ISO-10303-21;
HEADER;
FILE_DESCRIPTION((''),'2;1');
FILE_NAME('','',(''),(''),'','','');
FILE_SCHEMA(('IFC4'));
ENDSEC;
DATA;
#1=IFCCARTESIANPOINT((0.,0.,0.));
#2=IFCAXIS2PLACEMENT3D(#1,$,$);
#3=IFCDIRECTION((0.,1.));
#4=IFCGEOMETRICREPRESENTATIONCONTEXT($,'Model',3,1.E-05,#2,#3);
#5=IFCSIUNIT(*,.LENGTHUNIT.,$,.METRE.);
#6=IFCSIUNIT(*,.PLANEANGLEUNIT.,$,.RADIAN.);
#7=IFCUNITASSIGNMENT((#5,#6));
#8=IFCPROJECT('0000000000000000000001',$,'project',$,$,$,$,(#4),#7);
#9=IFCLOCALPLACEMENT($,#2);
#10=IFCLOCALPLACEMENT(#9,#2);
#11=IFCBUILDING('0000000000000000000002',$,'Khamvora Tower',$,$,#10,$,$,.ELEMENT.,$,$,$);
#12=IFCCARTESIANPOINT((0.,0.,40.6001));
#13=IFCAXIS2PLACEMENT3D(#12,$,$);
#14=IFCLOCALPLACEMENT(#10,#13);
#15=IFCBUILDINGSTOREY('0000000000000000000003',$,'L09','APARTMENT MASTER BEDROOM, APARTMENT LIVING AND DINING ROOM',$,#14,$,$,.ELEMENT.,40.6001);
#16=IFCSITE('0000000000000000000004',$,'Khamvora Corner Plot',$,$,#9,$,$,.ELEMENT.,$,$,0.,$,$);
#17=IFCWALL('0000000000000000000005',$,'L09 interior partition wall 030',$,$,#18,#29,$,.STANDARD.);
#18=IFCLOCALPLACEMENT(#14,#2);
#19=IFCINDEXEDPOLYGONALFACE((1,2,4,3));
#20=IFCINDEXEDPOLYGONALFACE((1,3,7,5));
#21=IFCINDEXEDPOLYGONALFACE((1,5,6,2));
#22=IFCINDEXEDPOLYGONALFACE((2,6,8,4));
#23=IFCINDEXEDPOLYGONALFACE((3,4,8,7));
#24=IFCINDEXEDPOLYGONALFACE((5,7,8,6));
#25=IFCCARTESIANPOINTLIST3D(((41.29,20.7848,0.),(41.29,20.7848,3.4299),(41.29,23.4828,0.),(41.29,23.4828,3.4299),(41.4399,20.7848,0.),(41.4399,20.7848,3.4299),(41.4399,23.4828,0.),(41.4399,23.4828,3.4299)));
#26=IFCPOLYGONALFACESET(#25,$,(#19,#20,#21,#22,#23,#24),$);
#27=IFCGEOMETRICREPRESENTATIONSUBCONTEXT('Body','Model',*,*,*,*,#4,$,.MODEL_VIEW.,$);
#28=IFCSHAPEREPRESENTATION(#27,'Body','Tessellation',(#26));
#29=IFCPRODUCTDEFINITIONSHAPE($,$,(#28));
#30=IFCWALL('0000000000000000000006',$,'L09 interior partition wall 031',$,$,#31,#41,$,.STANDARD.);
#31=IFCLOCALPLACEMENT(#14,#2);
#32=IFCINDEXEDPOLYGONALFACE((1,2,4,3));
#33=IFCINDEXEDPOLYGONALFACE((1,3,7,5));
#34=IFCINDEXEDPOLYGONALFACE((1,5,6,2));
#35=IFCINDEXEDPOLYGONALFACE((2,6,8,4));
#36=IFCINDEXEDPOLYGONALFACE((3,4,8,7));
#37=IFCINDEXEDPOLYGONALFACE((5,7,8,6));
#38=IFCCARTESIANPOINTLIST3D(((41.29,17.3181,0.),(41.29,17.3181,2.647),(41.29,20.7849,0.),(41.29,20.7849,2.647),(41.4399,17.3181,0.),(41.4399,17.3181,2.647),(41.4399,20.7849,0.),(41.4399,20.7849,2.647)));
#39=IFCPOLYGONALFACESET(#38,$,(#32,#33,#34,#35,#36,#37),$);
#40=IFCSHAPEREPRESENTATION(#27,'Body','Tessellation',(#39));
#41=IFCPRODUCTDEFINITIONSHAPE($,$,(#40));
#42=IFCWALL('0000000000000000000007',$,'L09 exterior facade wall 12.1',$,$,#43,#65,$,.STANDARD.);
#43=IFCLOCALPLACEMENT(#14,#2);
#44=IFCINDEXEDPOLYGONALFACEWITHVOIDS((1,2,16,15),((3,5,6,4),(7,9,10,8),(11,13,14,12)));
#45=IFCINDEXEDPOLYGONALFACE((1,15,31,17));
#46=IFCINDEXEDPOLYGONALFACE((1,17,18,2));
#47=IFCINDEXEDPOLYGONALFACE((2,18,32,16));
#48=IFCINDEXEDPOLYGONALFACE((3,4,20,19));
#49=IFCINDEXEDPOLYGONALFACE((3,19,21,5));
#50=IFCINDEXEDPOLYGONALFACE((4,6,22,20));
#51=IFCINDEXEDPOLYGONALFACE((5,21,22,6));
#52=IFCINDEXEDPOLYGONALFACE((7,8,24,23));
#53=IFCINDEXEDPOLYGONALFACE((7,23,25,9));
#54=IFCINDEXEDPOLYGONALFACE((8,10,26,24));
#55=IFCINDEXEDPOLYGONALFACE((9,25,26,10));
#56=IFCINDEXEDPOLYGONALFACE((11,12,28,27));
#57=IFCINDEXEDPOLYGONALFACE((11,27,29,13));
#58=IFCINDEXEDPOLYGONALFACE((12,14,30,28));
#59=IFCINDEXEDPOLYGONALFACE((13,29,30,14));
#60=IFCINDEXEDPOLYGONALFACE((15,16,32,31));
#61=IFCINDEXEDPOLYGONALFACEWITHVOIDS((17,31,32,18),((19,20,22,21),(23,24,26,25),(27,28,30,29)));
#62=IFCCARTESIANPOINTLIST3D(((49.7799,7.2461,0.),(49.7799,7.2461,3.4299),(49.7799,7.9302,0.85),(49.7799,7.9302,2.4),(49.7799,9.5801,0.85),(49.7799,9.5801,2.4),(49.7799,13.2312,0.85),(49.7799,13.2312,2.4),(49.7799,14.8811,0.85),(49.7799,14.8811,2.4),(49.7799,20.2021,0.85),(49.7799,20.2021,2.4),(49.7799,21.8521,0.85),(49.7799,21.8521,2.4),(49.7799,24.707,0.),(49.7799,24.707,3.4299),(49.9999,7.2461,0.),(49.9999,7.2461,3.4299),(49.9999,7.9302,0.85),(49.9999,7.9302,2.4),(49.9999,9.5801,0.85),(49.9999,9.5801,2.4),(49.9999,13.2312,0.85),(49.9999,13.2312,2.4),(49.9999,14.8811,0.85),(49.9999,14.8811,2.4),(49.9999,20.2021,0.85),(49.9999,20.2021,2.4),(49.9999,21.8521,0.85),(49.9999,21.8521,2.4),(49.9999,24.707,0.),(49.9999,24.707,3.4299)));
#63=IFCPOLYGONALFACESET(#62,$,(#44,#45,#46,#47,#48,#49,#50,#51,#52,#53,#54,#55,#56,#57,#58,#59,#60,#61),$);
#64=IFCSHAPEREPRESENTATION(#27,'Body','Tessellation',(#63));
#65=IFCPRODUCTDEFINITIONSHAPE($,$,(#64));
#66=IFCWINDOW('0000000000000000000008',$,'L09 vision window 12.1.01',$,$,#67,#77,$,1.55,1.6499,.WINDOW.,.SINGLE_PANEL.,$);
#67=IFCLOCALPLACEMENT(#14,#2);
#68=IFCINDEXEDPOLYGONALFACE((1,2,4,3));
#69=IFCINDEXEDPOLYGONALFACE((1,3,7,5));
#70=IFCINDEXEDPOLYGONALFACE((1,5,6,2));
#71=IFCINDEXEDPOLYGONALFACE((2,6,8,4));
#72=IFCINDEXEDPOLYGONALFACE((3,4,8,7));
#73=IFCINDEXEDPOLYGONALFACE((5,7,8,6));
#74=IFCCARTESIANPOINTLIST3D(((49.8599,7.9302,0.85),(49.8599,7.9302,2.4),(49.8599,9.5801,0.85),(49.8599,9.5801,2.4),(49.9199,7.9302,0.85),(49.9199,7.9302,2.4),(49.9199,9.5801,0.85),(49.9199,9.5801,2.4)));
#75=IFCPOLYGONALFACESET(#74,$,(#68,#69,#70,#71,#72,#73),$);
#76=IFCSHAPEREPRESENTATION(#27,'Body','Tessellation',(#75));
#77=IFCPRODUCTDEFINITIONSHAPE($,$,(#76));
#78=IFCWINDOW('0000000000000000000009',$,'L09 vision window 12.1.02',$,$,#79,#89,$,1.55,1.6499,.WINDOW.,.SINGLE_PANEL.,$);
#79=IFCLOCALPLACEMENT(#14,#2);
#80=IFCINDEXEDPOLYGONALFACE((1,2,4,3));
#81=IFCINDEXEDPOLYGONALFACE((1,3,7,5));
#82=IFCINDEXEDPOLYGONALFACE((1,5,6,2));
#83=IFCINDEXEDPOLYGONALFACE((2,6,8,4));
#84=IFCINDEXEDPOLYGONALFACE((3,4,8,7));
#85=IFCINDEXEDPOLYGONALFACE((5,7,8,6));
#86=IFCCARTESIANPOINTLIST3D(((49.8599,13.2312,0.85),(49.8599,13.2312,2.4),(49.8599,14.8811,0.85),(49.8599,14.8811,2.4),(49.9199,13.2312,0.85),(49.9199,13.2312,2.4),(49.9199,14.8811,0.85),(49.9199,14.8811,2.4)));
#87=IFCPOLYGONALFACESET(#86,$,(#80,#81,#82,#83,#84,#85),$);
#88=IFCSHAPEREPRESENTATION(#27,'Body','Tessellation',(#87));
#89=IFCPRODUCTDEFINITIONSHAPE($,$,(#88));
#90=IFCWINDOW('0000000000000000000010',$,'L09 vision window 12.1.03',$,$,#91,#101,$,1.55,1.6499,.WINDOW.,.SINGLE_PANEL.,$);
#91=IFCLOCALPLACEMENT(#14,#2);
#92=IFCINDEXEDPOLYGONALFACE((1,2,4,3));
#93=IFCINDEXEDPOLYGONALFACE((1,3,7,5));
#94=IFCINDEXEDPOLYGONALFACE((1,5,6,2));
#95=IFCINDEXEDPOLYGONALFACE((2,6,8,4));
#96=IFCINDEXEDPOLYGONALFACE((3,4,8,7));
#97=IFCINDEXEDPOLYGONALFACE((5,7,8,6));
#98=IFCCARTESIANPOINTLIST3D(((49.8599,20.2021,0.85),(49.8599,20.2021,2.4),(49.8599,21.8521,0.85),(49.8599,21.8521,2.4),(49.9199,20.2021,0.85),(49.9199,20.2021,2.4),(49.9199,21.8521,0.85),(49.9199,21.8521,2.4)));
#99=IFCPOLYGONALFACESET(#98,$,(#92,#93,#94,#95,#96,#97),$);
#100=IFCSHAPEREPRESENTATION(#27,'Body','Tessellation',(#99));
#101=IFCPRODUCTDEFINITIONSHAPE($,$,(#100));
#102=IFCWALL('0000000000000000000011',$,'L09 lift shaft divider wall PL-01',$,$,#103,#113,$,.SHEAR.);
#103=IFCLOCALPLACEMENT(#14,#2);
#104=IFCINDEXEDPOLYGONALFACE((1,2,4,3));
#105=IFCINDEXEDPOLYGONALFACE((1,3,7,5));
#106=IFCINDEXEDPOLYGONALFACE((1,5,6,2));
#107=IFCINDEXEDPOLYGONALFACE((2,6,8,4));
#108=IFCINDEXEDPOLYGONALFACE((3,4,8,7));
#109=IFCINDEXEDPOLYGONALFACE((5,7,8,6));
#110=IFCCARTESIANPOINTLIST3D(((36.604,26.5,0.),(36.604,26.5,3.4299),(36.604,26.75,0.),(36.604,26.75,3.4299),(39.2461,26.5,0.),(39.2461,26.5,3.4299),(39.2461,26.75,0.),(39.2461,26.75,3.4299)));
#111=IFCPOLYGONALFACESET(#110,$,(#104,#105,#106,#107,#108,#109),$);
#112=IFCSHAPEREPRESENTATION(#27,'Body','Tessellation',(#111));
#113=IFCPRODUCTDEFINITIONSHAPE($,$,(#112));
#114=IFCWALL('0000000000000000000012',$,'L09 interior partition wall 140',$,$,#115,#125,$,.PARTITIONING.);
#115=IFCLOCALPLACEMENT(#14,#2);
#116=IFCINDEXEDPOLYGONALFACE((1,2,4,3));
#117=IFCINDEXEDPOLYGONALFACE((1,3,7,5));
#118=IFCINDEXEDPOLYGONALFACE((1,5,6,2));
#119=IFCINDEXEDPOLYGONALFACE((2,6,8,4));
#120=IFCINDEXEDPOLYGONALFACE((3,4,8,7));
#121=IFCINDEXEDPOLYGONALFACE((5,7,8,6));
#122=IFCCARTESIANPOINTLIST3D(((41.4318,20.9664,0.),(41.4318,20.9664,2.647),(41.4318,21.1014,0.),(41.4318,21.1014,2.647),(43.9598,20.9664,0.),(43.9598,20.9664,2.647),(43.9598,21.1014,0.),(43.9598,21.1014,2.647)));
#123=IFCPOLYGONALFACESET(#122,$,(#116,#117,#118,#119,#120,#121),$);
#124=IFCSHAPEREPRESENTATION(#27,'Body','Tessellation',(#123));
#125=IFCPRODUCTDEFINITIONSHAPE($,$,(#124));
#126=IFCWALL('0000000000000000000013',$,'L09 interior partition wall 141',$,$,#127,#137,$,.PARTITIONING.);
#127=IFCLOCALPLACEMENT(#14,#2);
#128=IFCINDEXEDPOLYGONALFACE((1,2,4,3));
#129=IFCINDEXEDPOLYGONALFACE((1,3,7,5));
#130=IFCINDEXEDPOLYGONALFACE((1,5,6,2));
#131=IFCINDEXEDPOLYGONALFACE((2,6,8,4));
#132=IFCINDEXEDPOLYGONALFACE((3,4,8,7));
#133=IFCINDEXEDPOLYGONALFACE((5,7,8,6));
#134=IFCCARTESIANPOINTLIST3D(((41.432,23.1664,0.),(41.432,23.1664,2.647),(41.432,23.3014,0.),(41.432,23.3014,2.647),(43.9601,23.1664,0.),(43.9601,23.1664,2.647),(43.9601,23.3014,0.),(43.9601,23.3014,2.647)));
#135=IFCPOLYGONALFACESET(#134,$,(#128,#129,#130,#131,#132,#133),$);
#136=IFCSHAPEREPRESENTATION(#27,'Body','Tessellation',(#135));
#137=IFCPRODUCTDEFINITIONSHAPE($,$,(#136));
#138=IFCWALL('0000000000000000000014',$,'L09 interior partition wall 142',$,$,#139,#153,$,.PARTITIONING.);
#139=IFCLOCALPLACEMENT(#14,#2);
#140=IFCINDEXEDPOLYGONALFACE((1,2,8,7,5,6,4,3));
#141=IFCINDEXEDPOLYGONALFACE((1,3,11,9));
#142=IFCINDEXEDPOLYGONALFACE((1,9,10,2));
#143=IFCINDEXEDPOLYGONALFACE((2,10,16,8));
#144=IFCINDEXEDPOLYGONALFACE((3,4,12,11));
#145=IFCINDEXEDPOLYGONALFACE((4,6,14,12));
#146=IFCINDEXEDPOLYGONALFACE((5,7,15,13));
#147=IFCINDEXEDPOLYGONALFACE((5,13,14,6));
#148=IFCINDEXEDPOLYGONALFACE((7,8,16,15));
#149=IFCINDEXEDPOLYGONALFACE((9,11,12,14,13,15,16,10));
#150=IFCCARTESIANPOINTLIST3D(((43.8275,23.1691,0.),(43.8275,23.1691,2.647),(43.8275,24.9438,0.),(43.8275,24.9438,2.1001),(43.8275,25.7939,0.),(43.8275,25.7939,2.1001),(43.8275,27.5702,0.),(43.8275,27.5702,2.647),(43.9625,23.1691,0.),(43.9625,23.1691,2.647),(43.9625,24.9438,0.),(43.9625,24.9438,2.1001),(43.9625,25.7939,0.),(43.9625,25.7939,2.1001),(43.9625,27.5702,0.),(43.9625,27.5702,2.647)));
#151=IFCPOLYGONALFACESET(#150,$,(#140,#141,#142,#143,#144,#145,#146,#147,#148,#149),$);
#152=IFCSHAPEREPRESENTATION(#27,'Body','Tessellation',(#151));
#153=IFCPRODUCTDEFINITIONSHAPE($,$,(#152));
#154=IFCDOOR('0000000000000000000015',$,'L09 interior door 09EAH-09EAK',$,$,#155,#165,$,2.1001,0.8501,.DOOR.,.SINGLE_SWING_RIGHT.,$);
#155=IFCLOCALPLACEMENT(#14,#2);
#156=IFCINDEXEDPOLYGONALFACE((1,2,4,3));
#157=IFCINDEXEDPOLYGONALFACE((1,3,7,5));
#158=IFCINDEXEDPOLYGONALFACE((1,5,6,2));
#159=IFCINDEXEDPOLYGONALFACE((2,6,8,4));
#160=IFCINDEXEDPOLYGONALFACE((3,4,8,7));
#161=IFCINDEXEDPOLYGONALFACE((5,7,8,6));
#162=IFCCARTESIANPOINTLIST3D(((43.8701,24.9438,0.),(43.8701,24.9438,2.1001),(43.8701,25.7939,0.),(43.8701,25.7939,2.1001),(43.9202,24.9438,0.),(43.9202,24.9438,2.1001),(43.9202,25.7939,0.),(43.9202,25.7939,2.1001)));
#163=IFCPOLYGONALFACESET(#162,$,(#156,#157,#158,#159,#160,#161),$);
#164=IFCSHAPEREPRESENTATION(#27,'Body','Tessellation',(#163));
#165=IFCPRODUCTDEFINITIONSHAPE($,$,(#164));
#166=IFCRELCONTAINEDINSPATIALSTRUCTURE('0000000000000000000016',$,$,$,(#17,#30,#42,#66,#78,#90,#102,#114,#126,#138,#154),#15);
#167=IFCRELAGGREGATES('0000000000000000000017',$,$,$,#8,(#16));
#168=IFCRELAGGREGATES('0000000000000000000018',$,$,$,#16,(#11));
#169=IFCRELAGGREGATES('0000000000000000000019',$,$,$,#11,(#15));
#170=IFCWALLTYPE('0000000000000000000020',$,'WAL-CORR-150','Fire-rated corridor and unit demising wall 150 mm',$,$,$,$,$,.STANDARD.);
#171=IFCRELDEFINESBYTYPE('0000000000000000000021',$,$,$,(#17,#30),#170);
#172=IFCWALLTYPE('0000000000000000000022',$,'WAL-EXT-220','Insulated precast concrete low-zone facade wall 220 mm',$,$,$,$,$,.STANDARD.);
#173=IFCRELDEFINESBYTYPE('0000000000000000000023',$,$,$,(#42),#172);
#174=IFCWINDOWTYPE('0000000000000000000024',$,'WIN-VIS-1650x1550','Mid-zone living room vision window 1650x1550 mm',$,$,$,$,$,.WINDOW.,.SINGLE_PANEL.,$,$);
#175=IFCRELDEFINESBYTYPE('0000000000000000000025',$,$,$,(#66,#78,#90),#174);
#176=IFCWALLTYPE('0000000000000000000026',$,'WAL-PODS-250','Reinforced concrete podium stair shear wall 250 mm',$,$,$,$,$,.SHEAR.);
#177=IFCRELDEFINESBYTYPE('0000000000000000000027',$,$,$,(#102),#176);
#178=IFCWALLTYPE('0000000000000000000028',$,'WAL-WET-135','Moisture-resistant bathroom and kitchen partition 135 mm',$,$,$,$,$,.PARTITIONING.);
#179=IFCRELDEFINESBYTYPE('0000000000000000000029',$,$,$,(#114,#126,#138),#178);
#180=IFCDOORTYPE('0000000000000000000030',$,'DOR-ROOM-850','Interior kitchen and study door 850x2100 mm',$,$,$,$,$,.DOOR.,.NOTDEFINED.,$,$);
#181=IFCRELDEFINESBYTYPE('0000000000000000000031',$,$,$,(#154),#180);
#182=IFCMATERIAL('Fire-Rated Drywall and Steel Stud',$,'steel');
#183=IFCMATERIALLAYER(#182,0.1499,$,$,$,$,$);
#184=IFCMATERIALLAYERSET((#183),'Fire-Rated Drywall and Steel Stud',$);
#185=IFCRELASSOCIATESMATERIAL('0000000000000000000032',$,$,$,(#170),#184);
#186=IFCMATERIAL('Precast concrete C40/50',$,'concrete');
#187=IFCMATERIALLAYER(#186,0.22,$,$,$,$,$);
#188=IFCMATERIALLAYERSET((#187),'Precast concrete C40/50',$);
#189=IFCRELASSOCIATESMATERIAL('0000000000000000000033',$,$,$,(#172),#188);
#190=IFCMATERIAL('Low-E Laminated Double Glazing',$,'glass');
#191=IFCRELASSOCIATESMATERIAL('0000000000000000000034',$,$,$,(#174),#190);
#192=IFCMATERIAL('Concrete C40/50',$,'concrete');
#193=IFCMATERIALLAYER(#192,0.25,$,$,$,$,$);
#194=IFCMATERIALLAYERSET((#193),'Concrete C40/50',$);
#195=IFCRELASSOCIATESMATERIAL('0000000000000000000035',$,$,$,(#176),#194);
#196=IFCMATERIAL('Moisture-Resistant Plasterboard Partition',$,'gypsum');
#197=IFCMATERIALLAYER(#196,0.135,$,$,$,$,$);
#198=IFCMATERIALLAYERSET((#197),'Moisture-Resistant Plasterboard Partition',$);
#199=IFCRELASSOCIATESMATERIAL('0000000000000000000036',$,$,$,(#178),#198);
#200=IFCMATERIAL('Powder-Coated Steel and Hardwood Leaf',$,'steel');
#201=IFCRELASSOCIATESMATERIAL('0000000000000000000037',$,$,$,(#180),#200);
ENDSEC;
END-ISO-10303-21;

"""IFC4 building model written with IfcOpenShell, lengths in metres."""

from ifc_helpers import new_model, si_unit, direction, frame, frame_2d, origin, place, context, subcontext, project, spatial, rectangle, extrude, material, layer, layer_set, type_object, element, fill, save


model = new_model("IFC4")

# Units and contexts
model_context = context("Model", 3, precision=1e-05, world=origin(), true_north=direction((0.0, 1.0)))
body_context = subcontext(model_context, "Body", "Model", "MODEL_VIEW")
ifc_project = project(units=[si_unit("LENGTHUNIT", "METRE"), si_unit("PLANEANGLEUNIT", "RADIAN")], contexts=[model_context])

# Site, building, storey
site_placement = place(None, origin())
site = spatial("IfcSite", under=ifc_project, at=site_placement, Name="Khamvora Corner Plot", CompositionType="ELEMENT", RefElevation=0.0)
building_placement = place(site_placement, origin())
building = spatial("IfcBuilding", under=site, at=building_placement, Name="Khamvora Tower", CompositionType="ELEMENT")
storey_placement = place(building_placement, frame((0.0, 0.0, 40.6001)))
storey = spatial("IfcBuildingStorey", under=building, at=storey_placement, Name="L09", Description="APARTMENT MASTER BEDROOM, APARTMENT LIVING AND DINING ROOM", CompositionType="ELEMENT", Elevation=40.6001)

# Shared definitions
ifc_material_1 = material(Name="Fire-Rated Drywall and Steel Stud", Category="steel")
ifc_layer_1 = layer(ifc_material_1, 0.1499)
ifc_layer_set_1 = layer_set([ifc_layer_1], Name="Fire-Rated Drywall and Steel Stud")
wall_type_1 = type_object("IfcWallType", Name="WAL-CORR-150", Description="Fire-rated corridor and unit demising wall 150 mm", PredefinedType="STANDARD", material=ifc_layer_set_1)
ifc_material_2 = material(Name="Powder-Coated Steel and Hardwood Leaf", Category="steel")

# Walls
wall_1_placement = place(storey_placement, frame((41.365, 23.4829, 0.0), z_axis=(0.0, 0.0, 1.0), x_axis=(0.0, -1.0, 0.0)))
element("IfcWall", 1, at=wall_1_placement, inside=storey, type_object=wall_type_1, Name="L09 interior partition wall 030", PredefinedType="STANDARD", context=body_context, shape_type="SweptSolid", body=[
    extrude(rectangle(XDim=2.698, YDim=0.1499, at=frame_2d((1.3491, 0.0))), origin(), (0.0, 0.0, 1.0), 3.4299),
])
wall_2_placement = place(storey_placement, frame((41.365, 20.7849, 0.0), z_axis=(0.0, 0.0, 1.0), x_axis=(0.0, -1.0, 0.0)))
element("IfcWall", 2, at=wall_2_placement, inside=storey, type_object=wall_type_1, Name="L09 interior partition wall 031", PredefinedType="STANDARD", context=body_context, shape_type="SweptSolid", body=[
    extrude(rectangle(XDim=3.4668, YDim=0.1499, at=frame_2d((1.7334, 0.0))), origin(), (0.0, 0.0, 1.0), 2.647),
])

# Wall, openings, windows
ifc_material_3 = material(Name="Precast concrete C40/50", Category="concrete")
ifc_layer_2 = layer(ifc_material_3, 0.22)
ifc_layer_set_2 = layer_set([ifc_layer_2], Name="Precast concrete C40/50")
wall_type_2 = type_object("IfcWallType", Name="WAL-EXT-220", Description="Insulated precast concrete low-zone facade wall 220 mm", PredefinedType="STANDARD", material=ifc_layer_set_2)
wall_3_placement = place(storey_placement, frame((49.8899, 24.707, 0.0), z_axis=(0.0, 0.0, 1.0), x_axis=(0.0, -1.0, 0.0)))
wall_3 = element("IfcWall", 3, at=wall_3_placement, inside=storey, type_object=wall_type_2, Name="L09 exterior facade wall 12.1", PredefinedType="STANDARD", context=body_context, shape_type="SweptSolid", body=[
    extrude(rectangle(XDim=17.4609, YDim=0.22, at=frame_2d((8.7305, 0.0))), origin(), (0.0, 0.0, 1.0), 3.4299),
])
opening_1_placement = place(wall_3_placement, frame((15.127, 0.0, 0.8501)))
opening_1 = element("IfcOpeningElement", 4, at=opening_1_placement, cuts=wall_3, PredefinedType="OPENING", context=body_context, shape_type="SweptSolid", body=[
    extrude(rectangle(XDim=1.6499, YDim=1.55, at=frame_2d((0.825, 0.7749))), frame((0.0, 0.1199, 0.0), z_axis=(0.0, -1.0, 0.0), x_axis=(1.0, 0.0, 0.0)), (0.0, 0.0, 1.0), 0.24),
])
opening_2_placement = place(wall_3_placement, frame((9.8259, 0.0, 0.8501)))
opening_2 = element("IfcOpeningElement", 5, at=opening_2_placement, cuts=wall_3, PredefinedType="OPENING", context=body_context, shape_type="SweptSolid", body=[
    extrude(rectangle(XDim=1.6499, YDim=1.55, at=frame_2d((0.825, 0.7749))), frame((0.0, 0.1199, 0.0), z_axis=(0.0, -1.0, 0.0), x_axis=(1.0, 0.0, 0.0)), (0.0, 0.0, 1.0), 0.24),
])
opening_3_placement = place(wall_3_placement, frame((2.855, 0.0, 0.8501)))
opening_3 = element("IfcOpeningElement", 6, at=opening_3_placement, cuts=wall_3, PredefinedType="OPENING", context=body_context, shape_type="SweptSolid", body=[
    extrude(rectangle(XDim=1.6499, YDim=1.55, at=frame_2d((0.825, 0.7749))), frame((0.0, 0.1199, 0.0), z_axis=(0.0, -1.0, 0.0), x_axis=(1.0, 0.0, 0.0)), (0.0, 0.0, 1.0), 0.24),
])
ifc_material_4 = material(Name="Low-E Laminated Double Glazing", Category="glass")
window_type = type_object("IfcWindowType", Name="WIN-VIS-1650x1550", Description="Mid-zone living room vision window 1650x1550 mm", PartitioningType="SINGLE_PANEL", PredefinedType="WINDOW", material=ifc_material_4)
window_1_placement = place(opening_1_placement, origin())
window_1 = element("IfcWindow", 7, at=window_1_placement, inside=storey, type_object=window_type, Name="L09 vision window 12.1.01", OverallHeight=1.55, OverallWidth=1.6499, PartitioningType="SINGLE_PANEL", PredefinedType="WINDOW", context=body_context, shape_type="SweptSolid", body=[
    extrude(rectangle(XDim=1.6499, YDim=1.55, at=frame_2d((0.825, 0.7749))), frame((0.0, 0.03, 0.0), z_axis=(0.0, -1.0, 0.0), x_axis=(1.0, 0.0, 0.0)), (0.0, 0.0, 1.0), 0.0601),
])
fill(opening_1, window_1)
window_2_placement = place(opening_2_placement, origin())
window_2 = element("IfcWindow", 8, at=window_2_placement, inside=storey, type_object=window_type, Name="L09 vision window 12.1.02", OverallHeight=1.55, OverallWidth=1.6499, PartitioningType="SINGLE_PANEL", PredefinedType="WINDOW", context=body_context, shape_type="SweptSolid", body=[
    extrude(rectangle(XDim=1.6499, YDim=1.55, at=frame_2d((0.825, 0.7749))), frame((0.0, 0.03, 0.0), z_axis=(0.0, -1.0, 0.0), x_axis=(1.0, 0.0, 0.0)), (0.0, 0.0, 1.0), 0.0601),
])
fill(opening_2, window_2)
window_3_placement = place(opening_3_placement, origin())
window_3 = element("IfcWindow", 9, at=window_3_placement, inside=storey, type_object=window_type, Name="L09 vision window 12.1.03", OverallHeight=1.55, OverallWidth=1.6499, PartitioningType="SINGLE_PANEL", PredefinedType="WINDOW", context=body_context, shape_type="SweptSolid", body=[
    extrude(rectangle(XDim=1.6499, YDim=1.55, at=frame_2d((0.825, 0.7749))), frame((0.0, 0.03, 0.0), z_axis=(0.0, -1.0, 0.0), x_axis=(1.0, 0.0, 0.0)), (0.0, 0.0, 1.0), 0.0601),
])
fill(opening_3, window_3)

# Walls
ifc_material_5 = material(Name="Concrete C40/50", Category="concrete")
ifc_layer_3 = layer(ifc_material_5, 0.25)
ifc_layer_set_3 = layer_set([ifc_layer_3], Name="Concrete C40/50")
wall_type_3 = type_object("IfcWallType", Name="WAL-PODS-250", Description="Reinforced concrete podium stair shear wall 250 mm", PredefinedType="SHEAR", material=ifc_layer_set_3)
wall_4_placement = place(storey_placement, frame((36.604, 26.625, 0.0), z_axis=(0.0, 0.0, 1.0), x_axis=(1.0, 0.0, 0.0)))
element("IfcWall", 10, at=wall_4_placement, inside=storey, type_object=wall_type_3, Name="L09 lift shaft divider wall PL-01", PredefinedType="SHEAR", context=body_context, shape_type="SweptSolid", body=[
    extrude(rectangle(XDim=2.6421, YDim=0.25, at=frame_2d((1.321, 0.0))), origin(), (0.0, 0.0, 1.0), 3.4299),
])
ifc_material_6 = material(Name="Moisture-Resistant Plasterboard Partition", Category="gypsum")
ifc_layer_4 = layer(ifc_material_6, 0.135)
ifc_layer_set_4 = layer_set([ifc_layer_4], Name="Moisture-Resistant Plasterboard Partition")
wall_type_4 = type_object("IfcWallType", Name="WAL-WET-135", Description="Moisture-resistant bathroom and kitchen partition 135 mm", PredefinedType="PARTITIONING", material=ifc_layer_set_4)
for number, where, z_axis, x_axis, name in (
    (11, (43.96, 21.0339, 0.0), (0.0, 0.0, 1.0), (-1.0, 0.0, 0.0), "L09 interior partition wall 140"),
    (12, (41.4319, 23.2339, 0.0), (0.0, 0.0, 1.0), (1.0, 0.0, 0.0), "L09 interior partition wall 141"),
):
    element("IfcWall", number, at=place(storey_placement, frame(where, z_axis=z_axis, x_axis=x_axis)), inside=storey, type_object=wall_type_4, Name=name, PredefinedType="PARTITIONING", context=body_context, shape_type="SweptSolid", body=[
        extrude(rectangle(XDim=2.5281, YDim=0.135, at=frame_2d((1.2642, 0.0))), origin(), (0.0, 0.0, 1.0), 2.647),
    ])

# Wall, opening, door
wall_5_placement = place(storey_placement, frame((43.895, 23.1689, 0.0), z_axis=(0.0, 0.0, 1.0), x_axis=(0.0, 1.0, 0.0)))
wall_5 = element("IfcWall", 13, at=wall_5_placement, inside=storey, type_object=wall_type_4, Name="L09 interior partition wall 142", PredefinedType="PARTITIONING", context=body_context, shape_type="SweptSolid", body=[
    extrude(rectangle(XDim=4.4011, YDim=0.135, at=frame_2d((2.2007, 0.0))), origin(), (0.0, 0.0, 1.0), 2.647),
])
opening_4_placement = place(wall_5_placement, frame((1.7749, 0.0, 0.0)))
opening_4 = element("IfcOpeningElement", 14, at=opening_4_placement, cuts=wall_5, PredefinedType="OPENING", context=body_context, shape_type="SweptSolid", body=[
    extrude(rectangle(XDim=0.8501, YDim=2.1001, at=frame_2d((0.425, 1.05))), frame((0.0, 0.0774, 0.0), z_axis=(0.0, -1.0, 0.0), x_axis=(1.0, 0.0, 0.0)), (0.0, 0.0, 1.0), 0.155),
])
door_type_1 = type_object("IfcDoorType", Name="DOR-ROOM-850", Description="Interior kitchen and study door 850x2100 mm", OperationType="NOTDEFINED", PredefinedType="DOOR", material=ifc_material_2)
door_1_placement = place(opening_4_placement, origin())
door_1 = element("IfcDoor", 15, at=door_1_placement, inside=storey, type_object=door_type_1, Name="L09 interior door 09EAH-09EAK", OperationType="SINGLE_SWING_RIGHT", OverallHeight=2.1001, OverallWidth=0.8501, PredefinedType="DOOR", context=body_context, shape_type="SweptSolid", body=[
    extrude(rectangle(XDim=0.8501, YDim=2.1001, at=frame_2d((0.425, 1.05))), frame((0.0, 0.0249, 0.0), z_axis=(0.0, -1.0, 0.0), x_axis=(1.0, 0.0, 0.0)), (0.0, 0.0, 1.0), 0.05),
])
fill(opening_4, door_1)

save(model, "model.ifc")
